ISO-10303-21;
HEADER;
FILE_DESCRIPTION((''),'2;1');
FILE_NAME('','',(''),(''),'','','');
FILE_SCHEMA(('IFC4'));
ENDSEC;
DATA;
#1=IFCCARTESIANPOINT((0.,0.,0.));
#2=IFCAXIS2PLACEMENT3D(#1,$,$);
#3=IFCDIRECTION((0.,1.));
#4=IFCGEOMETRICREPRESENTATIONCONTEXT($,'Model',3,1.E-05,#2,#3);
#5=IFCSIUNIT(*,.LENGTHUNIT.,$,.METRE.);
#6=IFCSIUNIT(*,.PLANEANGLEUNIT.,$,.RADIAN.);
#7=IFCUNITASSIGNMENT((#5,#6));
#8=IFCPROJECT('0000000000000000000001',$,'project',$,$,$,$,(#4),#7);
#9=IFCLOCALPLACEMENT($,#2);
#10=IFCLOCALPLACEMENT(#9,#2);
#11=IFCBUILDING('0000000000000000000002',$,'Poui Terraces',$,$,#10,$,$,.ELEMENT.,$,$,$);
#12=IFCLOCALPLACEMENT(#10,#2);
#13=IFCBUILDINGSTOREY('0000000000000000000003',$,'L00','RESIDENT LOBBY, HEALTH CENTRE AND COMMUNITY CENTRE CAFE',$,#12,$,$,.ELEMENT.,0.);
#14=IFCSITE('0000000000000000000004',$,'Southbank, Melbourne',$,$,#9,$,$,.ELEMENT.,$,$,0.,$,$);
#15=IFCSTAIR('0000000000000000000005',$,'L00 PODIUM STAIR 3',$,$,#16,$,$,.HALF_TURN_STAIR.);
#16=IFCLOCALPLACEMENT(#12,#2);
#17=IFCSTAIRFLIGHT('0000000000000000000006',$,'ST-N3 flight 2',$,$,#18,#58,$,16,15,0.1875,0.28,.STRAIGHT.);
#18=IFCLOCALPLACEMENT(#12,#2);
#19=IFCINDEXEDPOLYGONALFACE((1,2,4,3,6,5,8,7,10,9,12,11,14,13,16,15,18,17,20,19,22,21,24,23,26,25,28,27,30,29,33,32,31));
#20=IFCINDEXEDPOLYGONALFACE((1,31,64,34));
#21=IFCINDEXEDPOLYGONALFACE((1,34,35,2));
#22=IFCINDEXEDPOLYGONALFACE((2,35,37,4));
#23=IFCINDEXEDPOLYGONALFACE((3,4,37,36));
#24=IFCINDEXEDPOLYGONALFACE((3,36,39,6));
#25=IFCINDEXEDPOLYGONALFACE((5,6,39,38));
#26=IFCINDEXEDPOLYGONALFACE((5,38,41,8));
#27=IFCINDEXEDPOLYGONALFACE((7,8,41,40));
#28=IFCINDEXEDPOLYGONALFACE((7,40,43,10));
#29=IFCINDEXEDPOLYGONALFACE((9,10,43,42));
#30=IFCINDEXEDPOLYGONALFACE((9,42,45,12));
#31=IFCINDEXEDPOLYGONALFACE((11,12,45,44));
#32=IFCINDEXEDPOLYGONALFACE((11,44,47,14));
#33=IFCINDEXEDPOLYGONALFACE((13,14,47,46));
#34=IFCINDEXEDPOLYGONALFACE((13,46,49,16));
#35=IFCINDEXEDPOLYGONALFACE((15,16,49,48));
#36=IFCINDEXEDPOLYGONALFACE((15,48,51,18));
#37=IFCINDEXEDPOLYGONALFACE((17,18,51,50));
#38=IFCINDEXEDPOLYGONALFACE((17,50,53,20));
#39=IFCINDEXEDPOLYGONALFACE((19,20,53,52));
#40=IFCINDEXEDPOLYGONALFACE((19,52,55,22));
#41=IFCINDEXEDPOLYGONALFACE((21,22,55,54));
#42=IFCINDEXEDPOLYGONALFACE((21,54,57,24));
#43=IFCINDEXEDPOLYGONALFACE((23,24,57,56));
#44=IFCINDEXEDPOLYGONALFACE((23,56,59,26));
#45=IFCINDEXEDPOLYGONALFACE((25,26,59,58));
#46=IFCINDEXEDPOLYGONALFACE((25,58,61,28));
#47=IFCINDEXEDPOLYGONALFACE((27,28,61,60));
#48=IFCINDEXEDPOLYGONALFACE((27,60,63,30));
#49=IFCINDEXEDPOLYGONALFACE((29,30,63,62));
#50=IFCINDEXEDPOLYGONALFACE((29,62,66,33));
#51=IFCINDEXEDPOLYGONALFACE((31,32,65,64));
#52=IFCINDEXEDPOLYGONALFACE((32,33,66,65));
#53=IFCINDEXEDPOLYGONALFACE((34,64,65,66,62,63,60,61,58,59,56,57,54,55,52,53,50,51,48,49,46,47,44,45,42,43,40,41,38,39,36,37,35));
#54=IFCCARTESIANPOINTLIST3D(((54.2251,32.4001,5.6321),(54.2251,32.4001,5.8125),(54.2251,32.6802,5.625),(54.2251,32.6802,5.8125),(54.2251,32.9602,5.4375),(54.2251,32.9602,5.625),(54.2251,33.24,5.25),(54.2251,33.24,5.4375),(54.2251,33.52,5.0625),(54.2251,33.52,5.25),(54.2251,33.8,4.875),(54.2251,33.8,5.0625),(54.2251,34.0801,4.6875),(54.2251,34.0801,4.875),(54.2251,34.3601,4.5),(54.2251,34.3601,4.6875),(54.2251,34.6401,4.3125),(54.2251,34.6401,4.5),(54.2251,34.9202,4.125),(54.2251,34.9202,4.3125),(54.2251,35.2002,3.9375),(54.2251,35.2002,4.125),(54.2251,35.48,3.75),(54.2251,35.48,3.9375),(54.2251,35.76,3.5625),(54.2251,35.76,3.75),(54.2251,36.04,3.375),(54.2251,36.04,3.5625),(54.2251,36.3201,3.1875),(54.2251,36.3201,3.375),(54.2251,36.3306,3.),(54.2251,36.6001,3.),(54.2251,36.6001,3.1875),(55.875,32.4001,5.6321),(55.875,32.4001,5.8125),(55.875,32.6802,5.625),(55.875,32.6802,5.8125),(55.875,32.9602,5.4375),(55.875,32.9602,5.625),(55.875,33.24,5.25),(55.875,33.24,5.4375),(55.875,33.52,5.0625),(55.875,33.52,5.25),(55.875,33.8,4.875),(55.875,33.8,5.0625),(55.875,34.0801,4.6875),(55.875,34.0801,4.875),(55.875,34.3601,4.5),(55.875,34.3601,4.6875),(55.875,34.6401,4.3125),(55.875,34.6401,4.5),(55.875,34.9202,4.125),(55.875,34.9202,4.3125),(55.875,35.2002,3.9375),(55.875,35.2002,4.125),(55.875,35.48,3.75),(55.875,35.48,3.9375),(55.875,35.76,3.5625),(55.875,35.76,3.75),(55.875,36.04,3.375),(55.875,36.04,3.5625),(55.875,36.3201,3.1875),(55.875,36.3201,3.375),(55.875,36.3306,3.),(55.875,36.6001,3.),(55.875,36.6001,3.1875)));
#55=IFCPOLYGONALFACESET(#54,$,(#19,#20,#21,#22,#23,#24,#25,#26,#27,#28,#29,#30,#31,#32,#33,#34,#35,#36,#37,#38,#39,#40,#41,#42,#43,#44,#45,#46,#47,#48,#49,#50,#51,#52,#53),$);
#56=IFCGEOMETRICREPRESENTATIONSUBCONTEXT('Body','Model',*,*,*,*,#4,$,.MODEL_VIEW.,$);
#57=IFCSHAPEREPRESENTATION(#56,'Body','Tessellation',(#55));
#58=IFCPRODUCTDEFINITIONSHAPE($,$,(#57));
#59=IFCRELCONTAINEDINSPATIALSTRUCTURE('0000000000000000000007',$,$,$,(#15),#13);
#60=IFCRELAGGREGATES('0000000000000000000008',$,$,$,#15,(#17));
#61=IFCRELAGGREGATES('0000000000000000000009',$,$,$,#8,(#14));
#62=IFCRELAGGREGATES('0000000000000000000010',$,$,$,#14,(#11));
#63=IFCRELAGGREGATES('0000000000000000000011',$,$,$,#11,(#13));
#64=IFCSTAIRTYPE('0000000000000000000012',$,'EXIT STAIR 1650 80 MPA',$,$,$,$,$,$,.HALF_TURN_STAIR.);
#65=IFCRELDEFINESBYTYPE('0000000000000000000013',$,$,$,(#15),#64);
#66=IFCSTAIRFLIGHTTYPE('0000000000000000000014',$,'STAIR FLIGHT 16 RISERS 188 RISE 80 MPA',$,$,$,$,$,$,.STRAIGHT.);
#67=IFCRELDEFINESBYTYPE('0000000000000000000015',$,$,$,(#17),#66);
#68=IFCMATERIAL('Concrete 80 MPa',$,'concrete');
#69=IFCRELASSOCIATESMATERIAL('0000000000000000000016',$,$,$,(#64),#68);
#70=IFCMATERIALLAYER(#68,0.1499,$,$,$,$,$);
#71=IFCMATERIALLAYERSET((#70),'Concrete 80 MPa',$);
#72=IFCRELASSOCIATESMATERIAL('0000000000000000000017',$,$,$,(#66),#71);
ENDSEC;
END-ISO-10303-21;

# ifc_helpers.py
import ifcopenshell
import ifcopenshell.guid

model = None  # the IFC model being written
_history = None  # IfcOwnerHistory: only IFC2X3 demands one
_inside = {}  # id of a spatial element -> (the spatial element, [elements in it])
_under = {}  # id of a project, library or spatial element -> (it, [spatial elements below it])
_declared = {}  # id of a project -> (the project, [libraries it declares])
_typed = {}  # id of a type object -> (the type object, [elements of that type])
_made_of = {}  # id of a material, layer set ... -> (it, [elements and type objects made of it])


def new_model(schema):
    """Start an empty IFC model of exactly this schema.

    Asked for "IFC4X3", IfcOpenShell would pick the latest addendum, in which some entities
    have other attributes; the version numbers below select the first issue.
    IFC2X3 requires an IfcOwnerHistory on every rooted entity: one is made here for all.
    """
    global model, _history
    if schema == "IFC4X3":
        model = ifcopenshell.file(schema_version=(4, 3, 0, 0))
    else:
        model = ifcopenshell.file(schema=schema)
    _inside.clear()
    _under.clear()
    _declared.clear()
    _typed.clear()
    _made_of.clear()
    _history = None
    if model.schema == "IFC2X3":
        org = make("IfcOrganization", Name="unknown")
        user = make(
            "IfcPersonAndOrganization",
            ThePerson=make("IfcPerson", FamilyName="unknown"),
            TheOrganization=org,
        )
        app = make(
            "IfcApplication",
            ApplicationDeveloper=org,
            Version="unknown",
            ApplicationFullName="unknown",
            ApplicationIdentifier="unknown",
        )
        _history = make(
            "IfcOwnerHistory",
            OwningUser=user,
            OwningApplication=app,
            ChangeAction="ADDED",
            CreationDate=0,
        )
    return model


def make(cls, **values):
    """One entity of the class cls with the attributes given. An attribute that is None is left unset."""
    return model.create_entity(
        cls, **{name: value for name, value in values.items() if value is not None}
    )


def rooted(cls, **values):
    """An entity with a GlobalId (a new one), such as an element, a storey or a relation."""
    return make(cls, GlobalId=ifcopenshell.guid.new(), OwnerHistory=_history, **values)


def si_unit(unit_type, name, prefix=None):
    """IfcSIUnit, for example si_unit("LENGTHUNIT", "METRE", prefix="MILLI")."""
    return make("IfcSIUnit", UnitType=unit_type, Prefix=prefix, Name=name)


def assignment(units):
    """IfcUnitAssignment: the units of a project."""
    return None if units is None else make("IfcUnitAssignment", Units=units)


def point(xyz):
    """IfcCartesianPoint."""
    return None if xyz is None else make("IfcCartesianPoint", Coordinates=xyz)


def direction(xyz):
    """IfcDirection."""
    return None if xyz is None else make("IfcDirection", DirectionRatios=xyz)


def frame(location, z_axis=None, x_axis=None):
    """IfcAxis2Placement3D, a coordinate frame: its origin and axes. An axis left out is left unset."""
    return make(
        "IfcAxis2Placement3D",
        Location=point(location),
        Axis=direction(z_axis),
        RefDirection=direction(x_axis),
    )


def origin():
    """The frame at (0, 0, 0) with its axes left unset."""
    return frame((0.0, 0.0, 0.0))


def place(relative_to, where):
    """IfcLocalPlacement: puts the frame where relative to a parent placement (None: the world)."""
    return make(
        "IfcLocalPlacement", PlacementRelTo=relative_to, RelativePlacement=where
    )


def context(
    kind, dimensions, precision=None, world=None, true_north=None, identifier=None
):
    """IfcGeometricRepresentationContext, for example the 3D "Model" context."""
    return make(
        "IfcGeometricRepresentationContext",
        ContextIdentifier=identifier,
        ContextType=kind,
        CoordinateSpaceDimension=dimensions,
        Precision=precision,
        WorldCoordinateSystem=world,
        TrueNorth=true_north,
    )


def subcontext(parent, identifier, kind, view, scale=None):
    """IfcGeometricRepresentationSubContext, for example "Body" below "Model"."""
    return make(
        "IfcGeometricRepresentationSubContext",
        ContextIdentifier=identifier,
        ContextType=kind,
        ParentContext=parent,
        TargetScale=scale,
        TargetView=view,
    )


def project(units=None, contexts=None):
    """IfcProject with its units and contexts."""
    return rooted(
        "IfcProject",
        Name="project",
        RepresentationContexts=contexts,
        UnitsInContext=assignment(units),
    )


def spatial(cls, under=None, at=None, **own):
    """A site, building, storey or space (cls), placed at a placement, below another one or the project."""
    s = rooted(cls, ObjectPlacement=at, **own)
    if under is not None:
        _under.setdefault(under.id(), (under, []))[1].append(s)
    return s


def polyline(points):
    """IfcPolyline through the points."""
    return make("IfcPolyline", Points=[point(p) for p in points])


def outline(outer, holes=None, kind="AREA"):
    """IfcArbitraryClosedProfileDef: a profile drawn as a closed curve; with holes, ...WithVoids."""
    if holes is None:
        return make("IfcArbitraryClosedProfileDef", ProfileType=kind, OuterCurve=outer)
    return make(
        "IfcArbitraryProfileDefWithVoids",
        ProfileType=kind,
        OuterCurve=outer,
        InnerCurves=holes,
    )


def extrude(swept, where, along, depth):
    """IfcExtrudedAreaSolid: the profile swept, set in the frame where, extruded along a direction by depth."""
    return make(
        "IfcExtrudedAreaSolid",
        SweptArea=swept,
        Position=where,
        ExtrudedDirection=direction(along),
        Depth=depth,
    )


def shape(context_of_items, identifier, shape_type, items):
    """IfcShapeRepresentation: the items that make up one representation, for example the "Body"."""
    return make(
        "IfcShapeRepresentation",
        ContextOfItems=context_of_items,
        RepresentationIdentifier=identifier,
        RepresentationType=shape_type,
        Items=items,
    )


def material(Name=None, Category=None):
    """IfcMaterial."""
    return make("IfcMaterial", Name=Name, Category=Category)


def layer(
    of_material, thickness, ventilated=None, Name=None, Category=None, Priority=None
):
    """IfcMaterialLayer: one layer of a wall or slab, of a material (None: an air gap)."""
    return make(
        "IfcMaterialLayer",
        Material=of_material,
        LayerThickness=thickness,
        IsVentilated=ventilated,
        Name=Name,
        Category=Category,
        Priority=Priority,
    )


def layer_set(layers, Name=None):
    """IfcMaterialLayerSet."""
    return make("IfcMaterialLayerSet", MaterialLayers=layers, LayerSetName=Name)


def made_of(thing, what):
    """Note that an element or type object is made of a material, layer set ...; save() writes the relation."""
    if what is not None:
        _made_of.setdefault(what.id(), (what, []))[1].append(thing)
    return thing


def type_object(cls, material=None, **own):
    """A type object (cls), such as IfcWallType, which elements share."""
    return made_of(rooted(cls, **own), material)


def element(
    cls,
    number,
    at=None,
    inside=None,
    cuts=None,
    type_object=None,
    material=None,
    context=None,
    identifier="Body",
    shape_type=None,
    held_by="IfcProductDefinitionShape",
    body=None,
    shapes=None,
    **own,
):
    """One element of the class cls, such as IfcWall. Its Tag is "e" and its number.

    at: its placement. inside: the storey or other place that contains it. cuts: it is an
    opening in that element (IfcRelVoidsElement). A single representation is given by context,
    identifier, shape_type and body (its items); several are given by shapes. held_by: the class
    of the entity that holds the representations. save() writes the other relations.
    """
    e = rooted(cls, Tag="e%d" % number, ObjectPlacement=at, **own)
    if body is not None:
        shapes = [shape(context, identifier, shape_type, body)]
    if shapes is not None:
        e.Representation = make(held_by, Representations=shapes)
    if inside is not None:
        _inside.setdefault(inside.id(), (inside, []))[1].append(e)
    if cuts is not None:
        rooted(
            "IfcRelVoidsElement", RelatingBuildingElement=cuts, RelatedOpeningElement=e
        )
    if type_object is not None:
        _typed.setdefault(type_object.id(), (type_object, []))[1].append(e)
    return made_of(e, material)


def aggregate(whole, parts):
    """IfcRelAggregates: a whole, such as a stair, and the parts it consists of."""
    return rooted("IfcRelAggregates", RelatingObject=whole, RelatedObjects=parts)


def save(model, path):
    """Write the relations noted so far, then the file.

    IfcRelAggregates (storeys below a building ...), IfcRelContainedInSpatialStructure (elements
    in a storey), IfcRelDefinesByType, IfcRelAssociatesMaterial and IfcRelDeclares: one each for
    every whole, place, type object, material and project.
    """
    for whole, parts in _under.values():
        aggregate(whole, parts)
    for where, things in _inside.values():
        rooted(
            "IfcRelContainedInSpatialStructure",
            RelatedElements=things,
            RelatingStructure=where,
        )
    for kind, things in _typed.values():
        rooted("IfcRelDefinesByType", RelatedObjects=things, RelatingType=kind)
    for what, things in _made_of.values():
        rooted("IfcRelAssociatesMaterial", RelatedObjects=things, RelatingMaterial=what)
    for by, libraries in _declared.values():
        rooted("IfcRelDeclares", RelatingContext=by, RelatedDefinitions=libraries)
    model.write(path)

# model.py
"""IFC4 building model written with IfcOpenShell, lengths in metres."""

from ifc_helpers import new_model, si_unit, direction, frame, origin, place, context, subcontext, project, spatial, polyline, outline, extrude, material, layer, layer_set, type_object, element, aggregate, save


model = new_model("IFC4")

# Units and contexts
model_context = context("Model", 3, precision=1e-05, world=origin(), true_north=direction((0.0, 1.0)))
body_context = subcontext(model_context, "Body", "Model", "MODEL_VIEW")
ifc_project = project(units=[si_unit("LENGTHUNIT", "METRE"), si_unit("PLANEANGLEUNIT", "RADIAN")], contexts=[model_context])

# Site, building, storey
site_placement = place(None, origin())
site = spatial("IfcSite", under=ifc_project, at=site_placement, Name="Southbank, Melbourne", CompositionType="ELEMENT", RefElevation=0.0)
building_placement = place(site_placement, origin())
building = spatial("IfcBuilding", under=site, at=building_placement, Name="Poui Terraces", CompositionType="ELEMENT")
storey_placement = place(building_placement, origin())
storey = spatial("IfcBuildingStorey", under=building, at=storey_placement, Name="L00", Description="RESIDENT LOBBY, HEALTH CENTRE AND COMMUNITY CENTRE CAFE", CompositionType="ELEMENT", Elevation=0.0)

# Shared definitions
ifc_material_1 = material(Name="Concrete 80 MPa", Category="concrete")

# Stair, stair flight
stair_type = type_object("IfcStairType", Name="EXIT STAIR 1650 80 MPA", PredefinedType="HALF_TURN_STAIR", material=ifc_material_1)
stair_placement = place(storey_placement, origin())
stair = element("IfcStair", 1, at=stair_placement, inside=storey, type_object=stair_type, Name="L00 PODIUM STAIR 3", PredefinedType="HALF_TURN_STAIR")
ifc_layer_1 = layer(ifc_material_1, 0.1499)
ifc_layer_set_1 = layer_set([ifc_layer_1], Name="Concrete 80 MPa")
stair_flight_type = type_object("IfcStairFlightType", Name="STAIR FLIGHT 16 RISERS 188 RISE 80 MPA", PredefinedType="STRAIGHT", material=ifc_layer_set_1)
stair_flight_1_placement = place(storey_placement, frame((55.05, 36.6001, 3.0), z_axis=(0.0, 0.0, 1.0), x_axis=(0.0, -1.0, 0.0)))
stair_flight_1 = element("IfcStairFlight", 2, at=stair_flight_1_placement, type_object=stair_flight_type, Name="ST-N3 flight 2", NumberOfRisers=16, NumberOfTreads=15, PredefinedType="STRAIGHT", RiserHeight=0.1875, TreadLength=0.28, context=body_context, shape_type="SweptSolid", body=[
    extrude(outline(polyline([(0.0, 0.0), (0.0, 0.1875), (0.28, 0.1875), (0.28, 0.375), (0.5601, 0.375), (0.5601, 0.5625), (0.8401, 0.5625), (0.8401, 0.75), (1.1201, 0.75), (1.1201, 0.9375), (1.3999, 0.9375), (1.3999, 1.125), (1.6799, 1.125), (1.6799, 1.3125), (1.96, 1.3125), (1.96, 1.5), (2.24, 1.5), (2.24, 1.6875), (2.52, 1.6875), (2.52, 1.875), (2.8, 1.875), (2.8, 2.0625), (3.0801, 2.0625), (3.0801, 2.25), (3.3601, 2.25), (3.3601, 2.4375), (3.6399, 2.4375), (3.6399, 2.625), (3.9199, 2.625), (3.9199, 2.8125), (4.2, 2.8125), (4.2, 3.0), (4.2, 2.6321), (0.2695, 0.0), (0.0, 0.0)])), frame((0.0, 0.825, 0.0), z_axis=(0.0, -1.0, 0.0), x_axis=(1.0, 0.0, 0.0)), (0.0, 0.0, 1.0), 1.6499),
])
aggregate(stair, [stair_flight_1])

save(model, "model.ifc")
